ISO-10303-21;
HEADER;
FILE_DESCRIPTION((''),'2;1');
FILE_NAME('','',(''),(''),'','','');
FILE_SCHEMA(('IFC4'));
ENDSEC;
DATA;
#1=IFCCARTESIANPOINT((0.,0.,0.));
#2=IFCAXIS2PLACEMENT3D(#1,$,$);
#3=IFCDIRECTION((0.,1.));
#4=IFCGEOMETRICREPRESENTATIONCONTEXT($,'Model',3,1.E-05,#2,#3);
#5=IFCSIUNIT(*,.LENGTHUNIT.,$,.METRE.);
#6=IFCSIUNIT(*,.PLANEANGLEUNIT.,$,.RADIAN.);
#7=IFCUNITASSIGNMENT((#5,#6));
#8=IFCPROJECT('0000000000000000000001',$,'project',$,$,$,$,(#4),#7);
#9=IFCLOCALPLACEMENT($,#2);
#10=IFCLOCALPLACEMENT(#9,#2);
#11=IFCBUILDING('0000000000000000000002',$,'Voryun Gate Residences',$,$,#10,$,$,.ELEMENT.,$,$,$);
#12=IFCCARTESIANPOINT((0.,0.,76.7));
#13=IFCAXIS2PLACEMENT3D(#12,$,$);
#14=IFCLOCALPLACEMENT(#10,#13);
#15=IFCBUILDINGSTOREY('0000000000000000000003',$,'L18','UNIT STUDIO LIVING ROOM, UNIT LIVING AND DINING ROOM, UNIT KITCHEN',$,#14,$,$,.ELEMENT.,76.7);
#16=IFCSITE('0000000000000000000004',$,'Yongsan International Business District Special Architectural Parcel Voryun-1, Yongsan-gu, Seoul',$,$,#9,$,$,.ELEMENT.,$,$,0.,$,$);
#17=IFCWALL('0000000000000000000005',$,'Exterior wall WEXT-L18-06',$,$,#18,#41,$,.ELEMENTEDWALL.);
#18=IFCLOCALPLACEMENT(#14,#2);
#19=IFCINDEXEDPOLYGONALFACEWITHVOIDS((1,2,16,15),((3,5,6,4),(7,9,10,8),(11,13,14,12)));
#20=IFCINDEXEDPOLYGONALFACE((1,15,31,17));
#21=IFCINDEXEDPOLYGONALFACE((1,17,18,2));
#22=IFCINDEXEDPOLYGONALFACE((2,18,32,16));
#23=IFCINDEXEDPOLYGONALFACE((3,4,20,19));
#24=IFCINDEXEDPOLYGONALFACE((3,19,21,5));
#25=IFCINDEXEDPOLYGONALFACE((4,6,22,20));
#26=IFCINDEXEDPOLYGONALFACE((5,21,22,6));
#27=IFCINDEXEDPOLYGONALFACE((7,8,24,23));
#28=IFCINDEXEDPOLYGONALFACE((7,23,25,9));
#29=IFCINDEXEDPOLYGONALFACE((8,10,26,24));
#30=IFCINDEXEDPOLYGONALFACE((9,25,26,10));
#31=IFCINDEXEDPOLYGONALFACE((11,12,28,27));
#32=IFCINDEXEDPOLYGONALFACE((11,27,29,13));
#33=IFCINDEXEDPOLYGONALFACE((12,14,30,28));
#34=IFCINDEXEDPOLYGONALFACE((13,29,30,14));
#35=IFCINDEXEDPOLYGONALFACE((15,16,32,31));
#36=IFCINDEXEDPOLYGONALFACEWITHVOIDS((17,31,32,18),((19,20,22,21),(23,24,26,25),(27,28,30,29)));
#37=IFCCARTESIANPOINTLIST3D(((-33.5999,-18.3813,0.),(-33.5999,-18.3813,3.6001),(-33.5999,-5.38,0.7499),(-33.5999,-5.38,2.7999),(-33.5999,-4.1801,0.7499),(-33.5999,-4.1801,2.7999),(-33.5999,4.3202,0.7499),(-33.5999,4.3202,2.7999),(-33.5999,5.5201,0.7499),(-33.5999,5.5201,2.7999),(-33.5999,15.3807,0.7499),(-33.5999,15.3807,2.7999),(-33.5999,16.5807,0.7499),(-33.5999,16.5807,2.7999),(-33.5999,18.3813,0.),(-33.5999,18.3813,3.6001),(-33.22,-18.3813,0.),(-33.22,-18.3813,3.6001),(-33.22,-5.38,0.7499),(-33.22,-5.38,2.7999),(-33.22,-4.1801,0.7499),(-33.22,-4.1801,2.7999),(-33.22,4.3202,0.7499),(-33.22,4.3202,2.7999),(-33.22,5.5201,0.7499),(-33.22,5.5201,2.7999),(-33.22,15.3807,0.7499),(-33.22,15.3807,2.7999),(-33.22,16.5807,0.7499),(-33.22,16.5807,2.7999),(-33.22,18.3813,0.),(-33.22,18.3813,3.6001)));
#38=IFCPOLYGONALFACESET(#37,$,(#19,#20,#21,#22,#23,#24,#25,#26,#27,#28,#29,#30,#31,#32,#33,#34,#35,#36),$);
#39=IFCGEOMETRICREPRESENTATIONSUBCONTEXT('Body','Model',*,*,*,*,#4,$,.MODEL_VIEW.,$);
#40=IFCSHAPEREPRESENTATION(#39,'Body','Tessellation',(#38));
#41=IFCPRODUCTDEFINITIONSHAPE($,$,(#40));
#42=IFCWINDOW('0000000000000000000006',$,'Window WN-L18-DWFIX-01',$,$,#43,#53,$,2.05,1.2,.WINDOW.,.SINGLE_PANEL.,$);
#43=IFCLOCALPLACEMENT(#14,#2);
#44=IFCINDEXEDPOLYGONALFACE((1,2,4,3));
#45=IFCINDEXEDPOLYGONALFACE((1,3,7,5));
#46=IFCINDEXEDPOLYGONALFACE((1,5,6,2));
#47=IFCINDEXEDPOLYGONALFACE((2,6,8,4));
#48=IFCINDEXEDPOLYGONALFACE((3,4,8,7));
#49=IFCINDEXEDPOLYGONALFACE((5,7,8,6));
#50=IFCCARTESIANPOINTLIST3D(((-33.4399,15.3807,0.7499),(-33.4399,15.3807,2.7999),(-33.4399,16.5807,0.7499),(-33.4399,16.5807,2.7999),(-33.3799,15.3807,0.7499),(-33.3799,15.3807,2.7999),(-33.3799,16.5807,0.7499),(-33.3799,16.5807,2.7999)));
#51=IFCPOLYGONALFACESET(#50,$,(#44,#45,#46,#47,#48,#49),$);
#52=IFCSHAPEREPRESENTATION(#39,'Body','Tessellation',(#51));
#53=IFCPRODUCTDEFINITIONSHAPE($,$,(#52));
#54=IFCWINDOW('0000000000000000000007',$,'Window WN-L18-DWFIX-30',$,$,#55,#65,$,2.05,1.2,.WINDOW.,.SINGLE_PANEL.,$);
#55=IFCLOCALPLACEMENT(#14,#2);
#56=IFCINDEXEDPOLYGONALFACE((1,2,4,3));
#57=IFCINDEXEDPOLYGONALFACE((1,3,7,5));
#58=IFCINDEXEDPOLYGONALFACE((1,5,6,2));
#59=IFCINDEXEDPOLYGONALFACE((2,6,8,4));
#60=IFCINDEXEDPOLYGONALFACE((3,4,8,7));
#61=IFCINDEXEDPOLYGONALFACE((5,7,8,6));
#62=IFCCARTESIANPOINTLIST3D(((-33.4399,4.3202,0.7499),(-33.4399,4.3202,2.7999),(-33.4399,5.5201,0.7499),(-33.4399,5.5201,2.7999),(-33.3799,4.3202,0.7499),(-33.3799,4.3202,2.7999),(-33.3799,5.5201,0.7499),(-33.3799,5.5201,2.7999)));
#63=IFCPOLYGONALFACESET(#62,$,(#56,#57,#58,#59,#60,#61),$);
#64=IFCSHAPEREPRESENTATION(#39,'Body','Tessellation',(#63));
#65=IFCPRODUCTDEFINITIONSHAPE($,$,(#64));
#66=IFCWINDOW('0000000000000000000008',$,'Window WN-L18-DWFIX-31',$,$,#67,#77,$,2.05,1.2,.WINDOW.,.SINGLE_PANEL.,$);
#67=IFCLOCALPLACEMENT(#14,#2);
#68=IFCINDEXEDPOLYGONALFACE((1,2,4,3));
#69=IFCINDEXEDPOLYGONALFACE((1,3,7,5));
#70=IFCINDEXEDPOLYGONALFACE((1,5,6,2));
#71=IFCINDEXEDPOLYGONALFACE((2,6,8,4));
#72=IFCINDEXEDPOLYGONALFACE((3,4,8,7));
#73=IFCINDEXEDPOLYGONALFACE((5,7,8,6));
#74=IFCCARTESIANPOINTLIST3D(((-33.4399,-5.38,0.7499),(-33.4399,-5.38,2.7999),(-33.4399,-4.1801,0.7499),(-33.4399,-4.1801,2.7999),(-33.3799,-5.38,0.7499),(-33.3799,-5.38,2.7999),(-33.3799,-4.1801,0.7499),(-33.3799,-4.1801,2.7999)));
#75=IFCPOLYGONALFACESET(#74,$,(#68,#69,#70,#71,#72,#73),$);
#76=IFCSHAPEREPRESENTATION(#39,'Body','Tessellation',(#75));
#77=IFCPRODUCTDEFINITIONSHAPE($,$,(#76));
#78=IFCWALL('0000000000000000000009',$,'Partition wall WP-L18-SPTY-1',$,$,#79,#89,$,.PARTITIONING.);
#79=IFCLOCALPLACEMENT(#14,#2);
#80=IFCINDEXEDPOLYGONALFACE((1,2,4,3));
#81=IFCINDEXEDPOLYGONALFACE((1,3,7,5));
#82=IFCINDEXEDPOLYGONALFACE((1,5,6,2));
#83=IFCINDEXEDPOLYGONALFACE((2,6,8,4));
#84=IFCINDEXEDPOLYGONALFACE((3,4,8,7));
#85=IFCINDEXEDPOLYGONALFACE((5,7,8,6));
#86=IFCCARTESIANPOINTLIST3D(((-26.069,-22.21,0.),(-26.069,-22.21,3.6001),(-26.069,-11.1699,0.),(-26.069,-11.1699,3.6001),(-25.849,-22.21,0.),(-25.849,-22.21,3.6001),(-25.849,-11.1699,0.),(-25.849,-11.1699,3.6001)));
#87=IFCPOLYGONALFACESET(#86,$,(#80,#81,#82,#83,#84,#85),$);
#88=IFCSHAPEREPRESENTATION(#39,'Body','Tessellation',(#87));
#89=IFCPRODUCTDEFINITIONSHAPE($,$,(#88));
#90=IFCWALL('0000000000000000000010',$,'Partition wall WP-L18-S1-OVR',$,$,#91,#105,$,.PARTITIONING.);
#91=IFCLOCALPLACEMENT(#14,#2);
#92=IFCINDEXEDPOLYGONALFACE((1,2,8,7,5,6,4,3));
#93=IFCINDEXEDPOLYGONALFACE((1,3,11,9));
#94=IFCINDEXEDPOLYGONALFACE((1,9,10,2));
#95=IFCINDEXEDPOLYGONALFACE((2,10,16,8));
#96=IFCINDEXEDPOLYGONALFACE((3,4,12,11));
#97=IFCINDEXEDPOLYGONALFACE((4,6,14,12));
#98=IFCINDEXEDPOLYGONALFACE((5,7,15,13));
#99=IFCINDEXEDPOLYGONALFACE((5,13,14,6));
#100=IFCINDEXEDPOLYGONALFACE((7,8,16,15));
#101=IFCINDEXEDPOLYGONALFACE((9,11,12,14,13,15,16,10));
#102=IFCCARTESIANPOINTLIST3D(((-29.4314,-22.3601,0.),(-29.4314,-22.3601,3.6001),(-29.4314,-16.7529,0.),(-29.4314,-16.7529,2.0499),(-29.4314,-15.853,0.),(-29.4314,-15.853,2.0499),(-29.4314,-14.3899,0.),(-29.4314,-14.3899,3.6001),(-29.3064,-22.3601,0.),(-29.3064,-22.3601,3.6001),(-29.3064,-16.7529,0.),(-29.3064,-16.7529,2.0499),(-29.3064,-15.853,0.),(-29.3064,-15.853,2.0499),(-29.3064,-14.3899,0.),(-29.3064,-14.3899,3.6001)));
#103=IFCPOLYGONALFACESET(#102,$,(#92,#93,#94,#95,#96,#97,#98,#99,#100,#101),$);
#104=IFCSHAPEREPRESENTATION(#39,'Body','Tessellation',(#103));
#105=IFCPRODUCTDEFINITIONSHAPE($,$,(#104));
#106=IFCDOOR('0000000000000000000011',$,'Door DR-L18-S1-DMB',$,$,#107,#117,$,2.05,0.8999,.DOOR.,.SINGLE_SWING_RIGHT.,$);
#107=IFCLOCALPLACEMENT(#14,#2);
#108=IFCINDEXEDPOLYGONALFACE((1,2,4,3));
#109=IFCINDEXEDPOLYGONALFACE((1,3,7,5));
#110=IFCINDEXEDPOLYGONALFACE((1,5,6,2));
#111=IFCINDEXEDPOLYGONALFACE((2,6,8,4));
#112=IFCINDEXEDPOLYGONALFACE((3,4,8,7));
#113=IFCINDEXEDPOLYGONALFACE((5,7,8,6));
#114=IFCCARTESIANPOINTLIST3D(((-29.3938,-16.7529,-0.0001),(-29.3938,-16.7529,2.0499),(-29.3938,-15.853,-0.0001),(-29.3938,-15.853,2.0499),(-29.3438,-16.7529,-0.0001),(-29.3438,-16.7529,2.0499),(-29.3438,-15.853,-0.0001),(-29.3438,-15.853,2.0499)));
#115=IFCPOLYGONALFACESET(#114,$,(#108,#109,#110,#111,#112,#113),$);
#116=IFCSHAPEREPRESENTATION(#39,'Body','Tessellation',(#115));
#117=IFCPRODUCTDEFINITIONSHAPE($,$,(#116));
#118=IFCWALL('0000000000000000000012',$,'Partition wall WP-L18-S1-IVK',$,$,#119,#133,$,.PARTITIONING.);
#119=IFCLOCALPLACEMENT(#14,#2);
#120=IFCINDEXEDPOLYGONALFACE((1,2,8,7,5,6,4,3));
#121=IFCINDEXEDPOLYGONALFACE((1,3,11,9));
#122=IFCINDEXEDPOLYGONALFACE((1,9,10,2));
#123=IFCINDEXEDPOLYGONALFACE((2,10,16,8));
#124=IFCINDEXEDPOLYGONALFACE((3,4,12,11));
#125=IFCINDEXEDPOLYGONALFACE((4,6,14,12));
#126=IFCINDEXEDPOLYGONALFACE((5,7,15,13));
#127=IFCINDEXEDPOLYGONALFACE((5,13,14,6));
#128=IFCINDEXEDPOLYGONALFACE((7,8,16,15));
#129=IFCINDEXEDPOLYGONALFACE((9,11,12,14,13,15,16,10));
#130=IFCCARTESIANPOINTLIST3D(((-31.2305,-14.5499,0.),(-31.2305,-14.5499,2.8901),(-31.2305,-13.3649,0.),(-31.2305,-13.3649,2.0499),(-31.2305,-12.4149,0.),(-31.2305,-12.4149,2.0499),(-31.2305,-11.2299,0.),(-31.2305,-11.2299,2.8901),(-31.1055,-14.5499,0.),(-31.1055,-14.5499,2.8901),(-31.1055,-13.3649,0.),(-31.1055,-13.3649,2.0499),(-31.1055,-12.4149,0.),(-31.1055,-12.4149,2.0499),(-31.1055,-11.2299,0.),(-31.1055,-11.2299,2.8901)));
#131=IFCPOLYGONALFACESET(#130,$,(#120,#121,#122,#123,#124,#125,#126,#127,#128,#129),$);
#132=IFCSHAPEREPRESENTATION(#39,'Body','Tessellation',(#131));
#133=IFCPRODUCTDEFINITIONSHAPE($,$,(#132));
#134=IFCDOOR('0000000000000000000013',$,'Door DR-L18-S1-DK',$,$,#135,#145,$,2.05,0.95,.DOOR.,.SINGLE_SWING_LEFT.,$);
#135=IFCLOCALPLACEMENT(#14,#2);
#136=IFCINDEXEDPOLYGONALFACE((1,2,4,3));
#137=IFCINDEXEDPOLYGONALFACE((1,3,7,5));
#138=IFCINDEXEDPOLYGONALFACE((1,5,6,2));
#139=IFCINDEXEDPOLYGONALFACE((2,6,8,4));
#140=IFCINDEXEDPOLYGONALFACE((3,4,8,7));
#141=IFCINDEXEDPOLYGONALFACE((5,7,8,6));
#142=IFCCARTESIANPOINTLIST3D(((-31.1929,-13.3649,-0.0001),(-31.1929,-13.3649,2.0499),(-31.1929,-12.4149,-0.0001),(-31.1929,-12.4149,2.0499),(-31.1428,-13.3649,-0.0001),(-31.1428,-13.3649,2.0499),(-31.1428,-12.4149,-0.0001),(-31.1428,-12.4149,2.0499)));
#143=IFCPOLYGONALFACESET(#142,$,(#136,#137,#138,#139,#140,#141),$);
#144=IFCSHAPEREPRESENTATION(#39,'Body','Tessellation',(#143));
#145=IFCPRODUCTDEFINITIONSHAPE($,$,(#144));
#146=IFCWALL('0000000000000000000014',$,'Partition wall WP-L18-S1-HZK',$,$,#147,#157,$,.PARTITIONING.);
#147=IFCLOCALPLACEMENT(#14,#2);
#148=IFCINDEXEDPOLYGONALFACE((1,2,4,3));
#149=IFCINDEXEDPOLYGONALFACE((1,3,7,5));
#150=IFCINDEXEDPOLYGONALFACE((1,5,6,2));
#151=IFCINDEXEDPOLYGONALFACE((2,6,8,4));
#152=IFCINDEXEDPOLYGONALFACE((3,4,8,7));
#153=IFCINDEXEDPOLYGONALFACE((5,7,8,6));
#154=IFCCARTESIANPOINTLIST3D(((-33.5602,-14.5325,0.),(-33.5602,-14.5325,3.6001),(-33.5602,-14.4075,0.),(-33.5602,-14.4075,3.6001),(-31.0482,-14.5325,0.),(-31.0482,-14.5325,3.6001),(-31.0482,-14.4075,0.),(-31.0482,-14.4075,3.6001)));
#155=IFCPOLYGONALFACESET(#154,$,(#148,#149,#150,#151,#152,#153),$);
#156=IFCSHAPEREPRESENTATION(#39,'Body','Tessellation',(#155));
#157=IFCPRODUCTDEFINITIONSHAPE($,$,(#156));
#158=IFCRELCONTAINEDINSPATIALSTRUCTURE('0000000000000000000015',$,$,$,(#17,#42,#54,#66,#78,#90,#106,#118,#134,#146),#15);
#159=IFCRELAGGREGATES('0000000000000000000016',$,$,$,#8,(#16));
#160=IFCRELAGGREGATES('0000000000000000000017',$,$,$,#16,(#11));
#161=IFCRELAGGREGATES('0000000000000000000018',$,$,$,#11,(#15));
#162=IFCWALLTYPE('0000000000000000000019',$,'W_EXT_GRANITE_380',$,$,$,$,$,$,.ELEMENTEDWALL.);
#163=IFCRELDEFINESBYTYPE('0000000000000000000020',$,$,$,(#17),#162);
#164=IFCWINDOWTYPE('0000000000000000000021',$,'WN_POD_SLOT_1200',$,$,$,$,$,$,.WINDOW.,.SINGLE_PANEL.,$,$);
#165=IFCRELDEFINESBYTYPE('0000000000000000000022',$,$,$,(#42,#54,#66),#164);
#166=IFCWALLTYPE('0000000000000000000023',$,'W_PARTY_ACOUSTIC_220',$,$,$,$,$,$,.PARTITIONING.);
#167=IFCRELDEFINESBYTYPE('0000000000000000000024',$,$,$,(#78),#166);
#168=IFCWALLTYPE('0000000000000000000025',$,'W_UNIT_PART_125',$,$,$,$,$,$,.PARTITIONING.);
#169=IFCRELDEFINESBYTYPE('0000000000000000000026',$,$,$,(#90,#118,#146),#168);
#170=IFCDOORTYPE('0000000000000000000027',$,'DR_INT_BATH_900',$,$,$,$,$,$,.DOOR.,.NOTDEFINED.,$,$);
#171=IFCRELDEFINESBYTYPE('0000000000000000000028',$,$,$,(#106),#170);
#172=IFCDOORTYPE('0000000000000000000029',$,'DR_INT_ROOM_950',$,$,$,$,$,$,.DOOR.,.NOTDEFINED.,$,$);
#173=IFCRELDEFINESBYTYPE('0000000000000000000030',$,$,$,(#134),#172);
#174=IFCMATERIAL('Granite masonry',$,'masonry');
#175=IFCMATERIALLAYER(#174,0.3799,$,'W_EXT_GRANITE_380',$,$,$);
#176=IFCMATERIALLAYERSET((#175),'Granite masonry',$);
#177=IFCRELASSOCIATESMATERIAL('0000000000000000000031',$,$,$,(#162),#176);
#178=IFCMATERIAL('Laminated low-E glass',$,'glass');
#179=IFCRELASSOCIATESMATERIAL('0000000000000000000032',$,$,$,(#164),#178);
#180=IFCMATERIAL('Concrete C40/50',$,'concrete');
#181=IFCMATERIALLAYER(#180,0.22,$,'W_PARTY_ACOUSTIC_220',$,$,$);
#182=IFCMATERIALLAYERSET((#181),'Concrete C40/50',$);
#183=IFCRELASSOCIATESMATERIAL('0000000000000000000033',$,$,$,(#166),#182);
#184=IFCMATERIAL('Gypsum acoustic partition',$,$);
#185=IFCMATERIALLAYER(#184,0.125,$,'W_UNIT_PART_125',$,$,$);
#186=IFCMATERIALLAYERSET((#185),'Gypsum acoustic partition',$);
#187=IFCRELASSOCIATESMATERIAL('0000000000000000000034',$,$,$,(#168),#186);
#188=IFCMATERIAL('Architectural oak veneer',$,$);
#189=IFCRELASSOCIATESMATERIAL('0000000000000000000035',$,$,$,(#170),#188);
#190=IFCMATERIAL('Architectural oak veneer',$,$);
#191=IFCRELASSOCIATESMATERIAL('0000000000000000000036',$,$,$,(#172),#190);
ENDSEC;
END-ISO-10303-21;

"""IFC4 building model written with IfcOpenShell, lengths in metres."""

from ifc_helpers import new_model, si_unit, direction, frame, frame_2d, origin, place, context, subcontext, project, spatial, rectangle, extrude, material, layer, layer_set, type_object, element, fill, save


model = new_model("IFC4")

# Units and contexts
model_context = context("Model", 3, precision=1e-05, world=origin(), true_north=direction((0.0, 1.0)))
body_context = subcontext(model_context, "Body", "Model", "MODEL_VIEW")
ifc_project = project(units=[si_unit("LENGTHUNIT", "METRE"), si_unit("PLANEANGLEUNIT", "RADIAN")], contexts=[model_context])

# Site, building, storey
site_placement = place(None, origin())
site = spatial("IfcSite", under=ifc_project, at=site_placement, Name="Yongsan International Business District Special Architectural Parcel Voryun-1, Yongsan-gu, Seoul", CompositionType="ELEMENT", RefElevation=0.0)
building_placement = place(site_placement, origin())
building = spatial("IfcBuilding", under=site, at=building_placement, Name="Voryun Gate Residences", CompositionType="ELEMENT")
storey_placement = place(building_placement, frame((0.0, 0.0, 76.7)))
storey = spatial("IfcBuildingStorey", under=building, at=storey_placement, Name="L18", Description="UNIT STUDIO LIVING ROOM, UNIT LIVING AND DINING ROOM, UNIT KITCHEN", CompositionType="ELEMENT", Elevation=76.7)

# Shared definitions
ifc_material_1 = material(Name="Granite masonry", Category="masonry")
ifc_layer_1 = layer(ifc_material_1, 0.3799, Name="W_EXT_GRANITE_380")
ifc_layer_set_1 = layer_set([ifc_layer_1], Name="Granite masonry")
wall_type_1 = type_object("IfcWallType", Name="W_EXT_GRANITE_380", PredefinedType="ELEMENTEDWALL", material=ifc_layer_set_1)

# Shared definitions
ifc_material_2 = material(Name="Laminated low-E glass", Category="glass")
window_type = type_object("IfcWindowType", Name="WN_POD_SLOT_1200", PartitioningType="SINGLE_PANEL", PredefinedType="WINDOW", material=ifc_material_2)

# Wall, openings, windows
wall_1_placement = place(storey_placement, frame((-33.4099, -18.3813, 0.0), z_axis=(0.0, 0.0, 1.0), x_axis=(0.0, 1.0, 0.0)))
wall_1 = element("IfcWall", 1, at=wall_1_placement, inside=storey, type_object=wall_type_1, Name="Exterior wall WEXT-L18-06", PredefinedType="ELEMENTEDWALL", context=body_context, shape_type="SweptSolid", body=[
    extrude(rectangle(XDim=36.7627, YDim=0.3799, at=frame_2d((18.3813, 0.0))), origin(), (0.0, 0.0, 1.0), 3.6001),
])
opening_1_placement = place(wall_1_placement, frame((33.762, 0.0, 0.75)))
opening_1 = element("IfcOpeningElement", 2, at=opening_1_placement, cuts=wall_1, PredefinedType="OPENING", context=body_context, shape_type="SweptSolid", body=[
    extrude(rectangle(XDim=1.2, YDim=2.05, at=frame_2d((0.6001, 1.0249))), frame((0.0, 0.2, 0.0), z_axis=(0.0, -1.0, 0.0), x_axis=(1.0, 0.0, 0.0)), (0.0, 0.0, 1.0), 0.3999),
])
opening_2_placement = place(wall_1_placement, frame((22.7014, 0.0, 0.75)))
opening_2 = element("IfcOpeningElement", 3, at=opening_2_placement, cuts=wall_1, PredefinedType="OPENING", context=body_context, shape_type="SweptSolid", body=[
    extrude(rectangle(XDim=1.2, YDim=2.05, at=frame_2d((0.6001, 1.0249))), frame((0.0, 0.2, 0.0), z_axis=(0.0, -1.0, 0.0), x_axis=(1.0, 0.0, 0.0)), (0.0, 0.0, 1.0), 0.3999),
])
opening_3_placement = place(wall_1_placement, frame((13.0012, 0.0, 0.75)))
opening_3 = element("IfcOpeningElement", 4, at=opening_3_placement, cuts=wall_1, PredefinedType="OPENING", context=body_context, shape_type="SweptSolid", body=[
    extrude(rectangle(XDim=1.2, YDim=2.05, at=frame_2d((0.6001, 1.0249))), frame((0.0, 0.2, 0.0), z_axis=(0.0, -1.0, 0.0), x_axis=(1.0, 0.0, 0.0)), (0.0, 0.0, 1.0), 0.3999),
])
window_1_placement = place(opening_1_placement, origin())
window_1 = element("IfcWindow", 5, at=window_1_placement, inside=storey, type_object=window_type, Name="Window WN-L18-DWFIX-01", OverallHeight=2.05, OverallWidth=1.2, PartitioningType="SINGLE_PANEL", PredefinedType="WINDOW", context=body_context, shape_type="SweptSolid", body=[
    extrude(rectangle(XDim=1.2, YDim=2.05, at=frame_2d((0.6001, 1.0249))), frame((0.0, 0.03, 0.0), z_axis=(0.0, -1.0, 0.0), x_axis=(1.0, 0.0, 0.0)), (0.0, 0.0, 1.0), 0.0601),
])
fill(opening_1, window_1)
window_2_placement = place(opening_2_placement, origin())
window_2 = element("IfcWindow", 6, at=window_2_placement, inside=storey, type_object=window_type, Name="Window WN-L18-DWFIX-30", OverallHeight=2.05, OverallWidth=1.2, PartitioningType="SINGLE_PANEL", PredefinedType="WINDOW", context=body_context, shape_type="SweptSolid", body=[
    extrude(rectangle(XDim=1.2, YDim=2.05, at=frame_2d((0.6001, 1.0249))), frame((0.0, 0.03, 0.0), z_axis=(0.0, -1.0, 0.0), x_axis=(1.0, 0.0, 0.0)), (0.0, 0.0, 1.0), 0.0601),
])
fill(opening_2, window_2)
window_3_placement = place(opening_3_placement, origin())
window_3 = element("IfcWindow", 7, at=window_3_placement, inside=storey, type_object=window_type, Name="Window WN-L18-DWFIX-31", OverallHeight=2.05, OverallWidth=1.2, PartitioningType="SINGLE_PANEL", PredefinedType="WINDOW", context=body_context, shape_type="SweptSolid", body=[
    extrude(rectangle(XDim=1.2, YDim=2.05, at=frame_2d((0.6001, 1.0249))), frame((0.0, 0.03, 0.0), z_axis=(0.0, -1.0, 0.0), x_axis=(1.0, 0.0, 0.0)), (0.0, 0.0, 1.0), 0.0601),
])
fill(opening_3, window_3)

# Wall
ifc_material_3 = material(Name="Concrete C40/50", Category="concrete")
ifc_layer_2 = layer(ifc_material_3, 0.22, Name="W_PARTY_ACOUSTIC_220")
ifc_layer_set_2 = layer_set([ifc_layer_2], Name="Concrete C40/50")
wall_type_2 = type_object("IfcWallType", Name="W_PARTY_ACOUSTIC_220", PredefinedType="PARTITIONING", material=ifc_layer_set_2)
wall_2_placement = place(storey_placement, frame((-25.959, -22.21, 0.0), z_axis=(0.0, 0.0, 1.0), x_axis=(0.0, 1.0, 0.0)))
element("IfcWall", 8, at=wall_2_placement, inside=storey, type_object=wall_type_2, Name="Partition wall WP-L18-SPTY-1", PredefinedType="PARTITIONING", context=body_context, shape_type="SweptSolid", body=[
    extrude(rectangle(XDim=11.04, YDim=0.22, at=frame_2d((5.52, 0.0))), origin(), (0.0, 0.0, 1.0), 3.6001),
])

# Walls, openings, doors
ifc_material_4 = material(Name="Gypsum acoustic partition")
ifc_layer_3 = layer(ifc_material_4, 0.125, Name="W_UNIT_PART_125")
ifc_layer_set_3 = layer_set([ifc_layer_3], Name="Gypsum acoustic partition")
wall_type_3 = type_object("IfcWallType", Name="W_UNIT_PART_125", PredefinedType="PARTITIONING", material=ifc_layer_set_3)
wall_3_placement = place(storey_placement, frame((-29.3689, -22.3601, 0.0), z_axis=(0.0, 0.0, 1.0), x_axis=(0.0, 1.0, 0.0)))
wall_3 = element("IfcWall", 9, at=wall_3_placement, inside=storey, type_object=wall_type_3, Name="Partition wall WP-L18-S1-OVR", PredefinedType="PARTITIONING", context=body_context, shape_type="SweptSolid", body=[
    extrude(rectangle(XDim=7.9702, YDim=0.125, at=frame_2d((3.9851, 0.0))), origin(), (0.0, 0.0, 1.0), 3.6001),
])
opening_4_placement = place(wall_3_placement, frame((5.6072, 0.0, 0.0)))
opening_4 = element("IfcOpeningElement", 10, at=opening_4_placement, cuts=wall_3, PredefinedType="OPENING", context=body_context, shape_type="SweptSolid", body=[
    extrude(rectangle(XDim=0.8999, YDim=2.05, at=frame_2d((0.45, 1.0249))), frame((0.0, 0.0725, 0.0), z_axis=(0.0, -1.0, 0.0), x_axis=(1.0, 0.0, 0.0)), (0.0, 0.0, 1.0), 0.145),
])
ifc_material_5 = material(Name="Architectural oak veneer")
door_type_1 = type_object("IfcDoorType", Name="DR_INT_BATH_900", OperationType="NOTDEFINED", PredefinedType="DOOR", material=ifc_material_5)
door_1_placement = place(opening_4_placement, origin())
door_1 = element("IfcDoor", 11, at=door_1_placement, inside=storey, type_object=door_type_1, Name="Door DR-L18-S1-DMB", OperationType="SINGLE_SWING_RIGHT", OverallHeight=2.05, OverallWidth=0.8999, PredefinedType="DOOR", context=body_context, shape_type="SweptSolid", body=[
    extrude(rectangle(XDim=0.8999, YDim=2.05, at=frame_2d((0.45, 1.0249))), frame((0.0, 0.0249, 0.0), z_axis=(0.0, -1.0, 0.0), x_axis=(1.0, 0.0, 0.0)), (0.0, 0.0, 1.0), 0.05),
])
fill(opening_4, door_1)
wall_4_placement = place(storey_placement, frame((-31.168, -14.55, 0.0), z_axis=(0.0, 0.0, 1.0), x_axis=(0.0, 1.0, 0.0)))
wall_4 = element("IfcWall", 12, at=wall_4_placement, inside=storey, type_object=wall_type_3, Name="Partition wall WP-L18-S1-IVK", PredefinedType="PARTITIONING", context=body_context, shape_type="SweptSolid", body=[
    extrude(rectangle(XDim=3.3201, YDim=0.125, at=frame_2d((1.6602, 0.0))), origin(), (0.0, 0.0, 1.0), 2.8901),
])
opening_5_placement = place(wall_4_placement, frame((1.1851, 0.0, 0.0)))
opening_5 = element("IfcOpeningElement", 13, at=opening_5_placement, cuts=wall_4, PredefinedType="OPENING", context=body_context, shape_type="SweptSolid", body=[
    extrude(rectangle(XDim=0.95, YDim=2.05, at=frame_2d((0.4751, 1.0249))), frame((0.0, 0.0725, 0.0), z_axis=(0.0, -1.0, 0.0), x_axis=(1.0, 0.0, 0.0)), (0.0, 0.0, 1.0), 0.145),
])
ifc_material_6 = material(Name="Architectural oak veneer")
door_type_2 = type_object("IfcDoorType", Name="DR_INT_ROOM_950", OperationType="NOTDEFINED", PredefinedType="DOOR", material=ifc_material_6)
door_2_placement = place(opening_5_placement, origin())
door_2 = element("IfcDoor", 14, at=door_2_placement, inside=storey, type_object=door_type_2, Name="Door DR-L18-S1-DK", OperationType="SINGLE_SWING_LEFT", OverallHeight=2.05, OverallWidth=0.95, PredefinedType="DOOR", context=body_context, shape_type="SweptSolid", body=[
    extrude(rectangle(XDim=0.95, YDim=2.05, at=frame_2d((0.4751, 1.0249))), frame((0.0, 0.0249, 0.0), z_axis=(0.0, -1.0, 0.0), x_axis=(1.0, 0.0, 0.0)), (0.0, 0.0, 1.0), 0.05),
])
fill(opening_5, door_2)

# Wall
wall_5_placement = place(storey_placement, frame((-33.5601, -14.47, 0.0), z_axis=(0.0, 0.0, 1.0), x_axis=(1.0, 0.0, 0.0)))
element("IfcWall", 15, at=wall_5_placement, inside=storey, type_object=wall_type_3, Name="Partition wall WP-L18-S1-HZK", PredefinedType="PARTITIONING", context=body_context, shape_type="SweptSolid", body=[
    extrude(rectangle(XDim=2.512, YDim=0.125, at=frame_2d((1.2559, 0.0))), origin(), (0.0, 0.0, 1.0), 3.6001),
])

save(model, "model.ifc")
